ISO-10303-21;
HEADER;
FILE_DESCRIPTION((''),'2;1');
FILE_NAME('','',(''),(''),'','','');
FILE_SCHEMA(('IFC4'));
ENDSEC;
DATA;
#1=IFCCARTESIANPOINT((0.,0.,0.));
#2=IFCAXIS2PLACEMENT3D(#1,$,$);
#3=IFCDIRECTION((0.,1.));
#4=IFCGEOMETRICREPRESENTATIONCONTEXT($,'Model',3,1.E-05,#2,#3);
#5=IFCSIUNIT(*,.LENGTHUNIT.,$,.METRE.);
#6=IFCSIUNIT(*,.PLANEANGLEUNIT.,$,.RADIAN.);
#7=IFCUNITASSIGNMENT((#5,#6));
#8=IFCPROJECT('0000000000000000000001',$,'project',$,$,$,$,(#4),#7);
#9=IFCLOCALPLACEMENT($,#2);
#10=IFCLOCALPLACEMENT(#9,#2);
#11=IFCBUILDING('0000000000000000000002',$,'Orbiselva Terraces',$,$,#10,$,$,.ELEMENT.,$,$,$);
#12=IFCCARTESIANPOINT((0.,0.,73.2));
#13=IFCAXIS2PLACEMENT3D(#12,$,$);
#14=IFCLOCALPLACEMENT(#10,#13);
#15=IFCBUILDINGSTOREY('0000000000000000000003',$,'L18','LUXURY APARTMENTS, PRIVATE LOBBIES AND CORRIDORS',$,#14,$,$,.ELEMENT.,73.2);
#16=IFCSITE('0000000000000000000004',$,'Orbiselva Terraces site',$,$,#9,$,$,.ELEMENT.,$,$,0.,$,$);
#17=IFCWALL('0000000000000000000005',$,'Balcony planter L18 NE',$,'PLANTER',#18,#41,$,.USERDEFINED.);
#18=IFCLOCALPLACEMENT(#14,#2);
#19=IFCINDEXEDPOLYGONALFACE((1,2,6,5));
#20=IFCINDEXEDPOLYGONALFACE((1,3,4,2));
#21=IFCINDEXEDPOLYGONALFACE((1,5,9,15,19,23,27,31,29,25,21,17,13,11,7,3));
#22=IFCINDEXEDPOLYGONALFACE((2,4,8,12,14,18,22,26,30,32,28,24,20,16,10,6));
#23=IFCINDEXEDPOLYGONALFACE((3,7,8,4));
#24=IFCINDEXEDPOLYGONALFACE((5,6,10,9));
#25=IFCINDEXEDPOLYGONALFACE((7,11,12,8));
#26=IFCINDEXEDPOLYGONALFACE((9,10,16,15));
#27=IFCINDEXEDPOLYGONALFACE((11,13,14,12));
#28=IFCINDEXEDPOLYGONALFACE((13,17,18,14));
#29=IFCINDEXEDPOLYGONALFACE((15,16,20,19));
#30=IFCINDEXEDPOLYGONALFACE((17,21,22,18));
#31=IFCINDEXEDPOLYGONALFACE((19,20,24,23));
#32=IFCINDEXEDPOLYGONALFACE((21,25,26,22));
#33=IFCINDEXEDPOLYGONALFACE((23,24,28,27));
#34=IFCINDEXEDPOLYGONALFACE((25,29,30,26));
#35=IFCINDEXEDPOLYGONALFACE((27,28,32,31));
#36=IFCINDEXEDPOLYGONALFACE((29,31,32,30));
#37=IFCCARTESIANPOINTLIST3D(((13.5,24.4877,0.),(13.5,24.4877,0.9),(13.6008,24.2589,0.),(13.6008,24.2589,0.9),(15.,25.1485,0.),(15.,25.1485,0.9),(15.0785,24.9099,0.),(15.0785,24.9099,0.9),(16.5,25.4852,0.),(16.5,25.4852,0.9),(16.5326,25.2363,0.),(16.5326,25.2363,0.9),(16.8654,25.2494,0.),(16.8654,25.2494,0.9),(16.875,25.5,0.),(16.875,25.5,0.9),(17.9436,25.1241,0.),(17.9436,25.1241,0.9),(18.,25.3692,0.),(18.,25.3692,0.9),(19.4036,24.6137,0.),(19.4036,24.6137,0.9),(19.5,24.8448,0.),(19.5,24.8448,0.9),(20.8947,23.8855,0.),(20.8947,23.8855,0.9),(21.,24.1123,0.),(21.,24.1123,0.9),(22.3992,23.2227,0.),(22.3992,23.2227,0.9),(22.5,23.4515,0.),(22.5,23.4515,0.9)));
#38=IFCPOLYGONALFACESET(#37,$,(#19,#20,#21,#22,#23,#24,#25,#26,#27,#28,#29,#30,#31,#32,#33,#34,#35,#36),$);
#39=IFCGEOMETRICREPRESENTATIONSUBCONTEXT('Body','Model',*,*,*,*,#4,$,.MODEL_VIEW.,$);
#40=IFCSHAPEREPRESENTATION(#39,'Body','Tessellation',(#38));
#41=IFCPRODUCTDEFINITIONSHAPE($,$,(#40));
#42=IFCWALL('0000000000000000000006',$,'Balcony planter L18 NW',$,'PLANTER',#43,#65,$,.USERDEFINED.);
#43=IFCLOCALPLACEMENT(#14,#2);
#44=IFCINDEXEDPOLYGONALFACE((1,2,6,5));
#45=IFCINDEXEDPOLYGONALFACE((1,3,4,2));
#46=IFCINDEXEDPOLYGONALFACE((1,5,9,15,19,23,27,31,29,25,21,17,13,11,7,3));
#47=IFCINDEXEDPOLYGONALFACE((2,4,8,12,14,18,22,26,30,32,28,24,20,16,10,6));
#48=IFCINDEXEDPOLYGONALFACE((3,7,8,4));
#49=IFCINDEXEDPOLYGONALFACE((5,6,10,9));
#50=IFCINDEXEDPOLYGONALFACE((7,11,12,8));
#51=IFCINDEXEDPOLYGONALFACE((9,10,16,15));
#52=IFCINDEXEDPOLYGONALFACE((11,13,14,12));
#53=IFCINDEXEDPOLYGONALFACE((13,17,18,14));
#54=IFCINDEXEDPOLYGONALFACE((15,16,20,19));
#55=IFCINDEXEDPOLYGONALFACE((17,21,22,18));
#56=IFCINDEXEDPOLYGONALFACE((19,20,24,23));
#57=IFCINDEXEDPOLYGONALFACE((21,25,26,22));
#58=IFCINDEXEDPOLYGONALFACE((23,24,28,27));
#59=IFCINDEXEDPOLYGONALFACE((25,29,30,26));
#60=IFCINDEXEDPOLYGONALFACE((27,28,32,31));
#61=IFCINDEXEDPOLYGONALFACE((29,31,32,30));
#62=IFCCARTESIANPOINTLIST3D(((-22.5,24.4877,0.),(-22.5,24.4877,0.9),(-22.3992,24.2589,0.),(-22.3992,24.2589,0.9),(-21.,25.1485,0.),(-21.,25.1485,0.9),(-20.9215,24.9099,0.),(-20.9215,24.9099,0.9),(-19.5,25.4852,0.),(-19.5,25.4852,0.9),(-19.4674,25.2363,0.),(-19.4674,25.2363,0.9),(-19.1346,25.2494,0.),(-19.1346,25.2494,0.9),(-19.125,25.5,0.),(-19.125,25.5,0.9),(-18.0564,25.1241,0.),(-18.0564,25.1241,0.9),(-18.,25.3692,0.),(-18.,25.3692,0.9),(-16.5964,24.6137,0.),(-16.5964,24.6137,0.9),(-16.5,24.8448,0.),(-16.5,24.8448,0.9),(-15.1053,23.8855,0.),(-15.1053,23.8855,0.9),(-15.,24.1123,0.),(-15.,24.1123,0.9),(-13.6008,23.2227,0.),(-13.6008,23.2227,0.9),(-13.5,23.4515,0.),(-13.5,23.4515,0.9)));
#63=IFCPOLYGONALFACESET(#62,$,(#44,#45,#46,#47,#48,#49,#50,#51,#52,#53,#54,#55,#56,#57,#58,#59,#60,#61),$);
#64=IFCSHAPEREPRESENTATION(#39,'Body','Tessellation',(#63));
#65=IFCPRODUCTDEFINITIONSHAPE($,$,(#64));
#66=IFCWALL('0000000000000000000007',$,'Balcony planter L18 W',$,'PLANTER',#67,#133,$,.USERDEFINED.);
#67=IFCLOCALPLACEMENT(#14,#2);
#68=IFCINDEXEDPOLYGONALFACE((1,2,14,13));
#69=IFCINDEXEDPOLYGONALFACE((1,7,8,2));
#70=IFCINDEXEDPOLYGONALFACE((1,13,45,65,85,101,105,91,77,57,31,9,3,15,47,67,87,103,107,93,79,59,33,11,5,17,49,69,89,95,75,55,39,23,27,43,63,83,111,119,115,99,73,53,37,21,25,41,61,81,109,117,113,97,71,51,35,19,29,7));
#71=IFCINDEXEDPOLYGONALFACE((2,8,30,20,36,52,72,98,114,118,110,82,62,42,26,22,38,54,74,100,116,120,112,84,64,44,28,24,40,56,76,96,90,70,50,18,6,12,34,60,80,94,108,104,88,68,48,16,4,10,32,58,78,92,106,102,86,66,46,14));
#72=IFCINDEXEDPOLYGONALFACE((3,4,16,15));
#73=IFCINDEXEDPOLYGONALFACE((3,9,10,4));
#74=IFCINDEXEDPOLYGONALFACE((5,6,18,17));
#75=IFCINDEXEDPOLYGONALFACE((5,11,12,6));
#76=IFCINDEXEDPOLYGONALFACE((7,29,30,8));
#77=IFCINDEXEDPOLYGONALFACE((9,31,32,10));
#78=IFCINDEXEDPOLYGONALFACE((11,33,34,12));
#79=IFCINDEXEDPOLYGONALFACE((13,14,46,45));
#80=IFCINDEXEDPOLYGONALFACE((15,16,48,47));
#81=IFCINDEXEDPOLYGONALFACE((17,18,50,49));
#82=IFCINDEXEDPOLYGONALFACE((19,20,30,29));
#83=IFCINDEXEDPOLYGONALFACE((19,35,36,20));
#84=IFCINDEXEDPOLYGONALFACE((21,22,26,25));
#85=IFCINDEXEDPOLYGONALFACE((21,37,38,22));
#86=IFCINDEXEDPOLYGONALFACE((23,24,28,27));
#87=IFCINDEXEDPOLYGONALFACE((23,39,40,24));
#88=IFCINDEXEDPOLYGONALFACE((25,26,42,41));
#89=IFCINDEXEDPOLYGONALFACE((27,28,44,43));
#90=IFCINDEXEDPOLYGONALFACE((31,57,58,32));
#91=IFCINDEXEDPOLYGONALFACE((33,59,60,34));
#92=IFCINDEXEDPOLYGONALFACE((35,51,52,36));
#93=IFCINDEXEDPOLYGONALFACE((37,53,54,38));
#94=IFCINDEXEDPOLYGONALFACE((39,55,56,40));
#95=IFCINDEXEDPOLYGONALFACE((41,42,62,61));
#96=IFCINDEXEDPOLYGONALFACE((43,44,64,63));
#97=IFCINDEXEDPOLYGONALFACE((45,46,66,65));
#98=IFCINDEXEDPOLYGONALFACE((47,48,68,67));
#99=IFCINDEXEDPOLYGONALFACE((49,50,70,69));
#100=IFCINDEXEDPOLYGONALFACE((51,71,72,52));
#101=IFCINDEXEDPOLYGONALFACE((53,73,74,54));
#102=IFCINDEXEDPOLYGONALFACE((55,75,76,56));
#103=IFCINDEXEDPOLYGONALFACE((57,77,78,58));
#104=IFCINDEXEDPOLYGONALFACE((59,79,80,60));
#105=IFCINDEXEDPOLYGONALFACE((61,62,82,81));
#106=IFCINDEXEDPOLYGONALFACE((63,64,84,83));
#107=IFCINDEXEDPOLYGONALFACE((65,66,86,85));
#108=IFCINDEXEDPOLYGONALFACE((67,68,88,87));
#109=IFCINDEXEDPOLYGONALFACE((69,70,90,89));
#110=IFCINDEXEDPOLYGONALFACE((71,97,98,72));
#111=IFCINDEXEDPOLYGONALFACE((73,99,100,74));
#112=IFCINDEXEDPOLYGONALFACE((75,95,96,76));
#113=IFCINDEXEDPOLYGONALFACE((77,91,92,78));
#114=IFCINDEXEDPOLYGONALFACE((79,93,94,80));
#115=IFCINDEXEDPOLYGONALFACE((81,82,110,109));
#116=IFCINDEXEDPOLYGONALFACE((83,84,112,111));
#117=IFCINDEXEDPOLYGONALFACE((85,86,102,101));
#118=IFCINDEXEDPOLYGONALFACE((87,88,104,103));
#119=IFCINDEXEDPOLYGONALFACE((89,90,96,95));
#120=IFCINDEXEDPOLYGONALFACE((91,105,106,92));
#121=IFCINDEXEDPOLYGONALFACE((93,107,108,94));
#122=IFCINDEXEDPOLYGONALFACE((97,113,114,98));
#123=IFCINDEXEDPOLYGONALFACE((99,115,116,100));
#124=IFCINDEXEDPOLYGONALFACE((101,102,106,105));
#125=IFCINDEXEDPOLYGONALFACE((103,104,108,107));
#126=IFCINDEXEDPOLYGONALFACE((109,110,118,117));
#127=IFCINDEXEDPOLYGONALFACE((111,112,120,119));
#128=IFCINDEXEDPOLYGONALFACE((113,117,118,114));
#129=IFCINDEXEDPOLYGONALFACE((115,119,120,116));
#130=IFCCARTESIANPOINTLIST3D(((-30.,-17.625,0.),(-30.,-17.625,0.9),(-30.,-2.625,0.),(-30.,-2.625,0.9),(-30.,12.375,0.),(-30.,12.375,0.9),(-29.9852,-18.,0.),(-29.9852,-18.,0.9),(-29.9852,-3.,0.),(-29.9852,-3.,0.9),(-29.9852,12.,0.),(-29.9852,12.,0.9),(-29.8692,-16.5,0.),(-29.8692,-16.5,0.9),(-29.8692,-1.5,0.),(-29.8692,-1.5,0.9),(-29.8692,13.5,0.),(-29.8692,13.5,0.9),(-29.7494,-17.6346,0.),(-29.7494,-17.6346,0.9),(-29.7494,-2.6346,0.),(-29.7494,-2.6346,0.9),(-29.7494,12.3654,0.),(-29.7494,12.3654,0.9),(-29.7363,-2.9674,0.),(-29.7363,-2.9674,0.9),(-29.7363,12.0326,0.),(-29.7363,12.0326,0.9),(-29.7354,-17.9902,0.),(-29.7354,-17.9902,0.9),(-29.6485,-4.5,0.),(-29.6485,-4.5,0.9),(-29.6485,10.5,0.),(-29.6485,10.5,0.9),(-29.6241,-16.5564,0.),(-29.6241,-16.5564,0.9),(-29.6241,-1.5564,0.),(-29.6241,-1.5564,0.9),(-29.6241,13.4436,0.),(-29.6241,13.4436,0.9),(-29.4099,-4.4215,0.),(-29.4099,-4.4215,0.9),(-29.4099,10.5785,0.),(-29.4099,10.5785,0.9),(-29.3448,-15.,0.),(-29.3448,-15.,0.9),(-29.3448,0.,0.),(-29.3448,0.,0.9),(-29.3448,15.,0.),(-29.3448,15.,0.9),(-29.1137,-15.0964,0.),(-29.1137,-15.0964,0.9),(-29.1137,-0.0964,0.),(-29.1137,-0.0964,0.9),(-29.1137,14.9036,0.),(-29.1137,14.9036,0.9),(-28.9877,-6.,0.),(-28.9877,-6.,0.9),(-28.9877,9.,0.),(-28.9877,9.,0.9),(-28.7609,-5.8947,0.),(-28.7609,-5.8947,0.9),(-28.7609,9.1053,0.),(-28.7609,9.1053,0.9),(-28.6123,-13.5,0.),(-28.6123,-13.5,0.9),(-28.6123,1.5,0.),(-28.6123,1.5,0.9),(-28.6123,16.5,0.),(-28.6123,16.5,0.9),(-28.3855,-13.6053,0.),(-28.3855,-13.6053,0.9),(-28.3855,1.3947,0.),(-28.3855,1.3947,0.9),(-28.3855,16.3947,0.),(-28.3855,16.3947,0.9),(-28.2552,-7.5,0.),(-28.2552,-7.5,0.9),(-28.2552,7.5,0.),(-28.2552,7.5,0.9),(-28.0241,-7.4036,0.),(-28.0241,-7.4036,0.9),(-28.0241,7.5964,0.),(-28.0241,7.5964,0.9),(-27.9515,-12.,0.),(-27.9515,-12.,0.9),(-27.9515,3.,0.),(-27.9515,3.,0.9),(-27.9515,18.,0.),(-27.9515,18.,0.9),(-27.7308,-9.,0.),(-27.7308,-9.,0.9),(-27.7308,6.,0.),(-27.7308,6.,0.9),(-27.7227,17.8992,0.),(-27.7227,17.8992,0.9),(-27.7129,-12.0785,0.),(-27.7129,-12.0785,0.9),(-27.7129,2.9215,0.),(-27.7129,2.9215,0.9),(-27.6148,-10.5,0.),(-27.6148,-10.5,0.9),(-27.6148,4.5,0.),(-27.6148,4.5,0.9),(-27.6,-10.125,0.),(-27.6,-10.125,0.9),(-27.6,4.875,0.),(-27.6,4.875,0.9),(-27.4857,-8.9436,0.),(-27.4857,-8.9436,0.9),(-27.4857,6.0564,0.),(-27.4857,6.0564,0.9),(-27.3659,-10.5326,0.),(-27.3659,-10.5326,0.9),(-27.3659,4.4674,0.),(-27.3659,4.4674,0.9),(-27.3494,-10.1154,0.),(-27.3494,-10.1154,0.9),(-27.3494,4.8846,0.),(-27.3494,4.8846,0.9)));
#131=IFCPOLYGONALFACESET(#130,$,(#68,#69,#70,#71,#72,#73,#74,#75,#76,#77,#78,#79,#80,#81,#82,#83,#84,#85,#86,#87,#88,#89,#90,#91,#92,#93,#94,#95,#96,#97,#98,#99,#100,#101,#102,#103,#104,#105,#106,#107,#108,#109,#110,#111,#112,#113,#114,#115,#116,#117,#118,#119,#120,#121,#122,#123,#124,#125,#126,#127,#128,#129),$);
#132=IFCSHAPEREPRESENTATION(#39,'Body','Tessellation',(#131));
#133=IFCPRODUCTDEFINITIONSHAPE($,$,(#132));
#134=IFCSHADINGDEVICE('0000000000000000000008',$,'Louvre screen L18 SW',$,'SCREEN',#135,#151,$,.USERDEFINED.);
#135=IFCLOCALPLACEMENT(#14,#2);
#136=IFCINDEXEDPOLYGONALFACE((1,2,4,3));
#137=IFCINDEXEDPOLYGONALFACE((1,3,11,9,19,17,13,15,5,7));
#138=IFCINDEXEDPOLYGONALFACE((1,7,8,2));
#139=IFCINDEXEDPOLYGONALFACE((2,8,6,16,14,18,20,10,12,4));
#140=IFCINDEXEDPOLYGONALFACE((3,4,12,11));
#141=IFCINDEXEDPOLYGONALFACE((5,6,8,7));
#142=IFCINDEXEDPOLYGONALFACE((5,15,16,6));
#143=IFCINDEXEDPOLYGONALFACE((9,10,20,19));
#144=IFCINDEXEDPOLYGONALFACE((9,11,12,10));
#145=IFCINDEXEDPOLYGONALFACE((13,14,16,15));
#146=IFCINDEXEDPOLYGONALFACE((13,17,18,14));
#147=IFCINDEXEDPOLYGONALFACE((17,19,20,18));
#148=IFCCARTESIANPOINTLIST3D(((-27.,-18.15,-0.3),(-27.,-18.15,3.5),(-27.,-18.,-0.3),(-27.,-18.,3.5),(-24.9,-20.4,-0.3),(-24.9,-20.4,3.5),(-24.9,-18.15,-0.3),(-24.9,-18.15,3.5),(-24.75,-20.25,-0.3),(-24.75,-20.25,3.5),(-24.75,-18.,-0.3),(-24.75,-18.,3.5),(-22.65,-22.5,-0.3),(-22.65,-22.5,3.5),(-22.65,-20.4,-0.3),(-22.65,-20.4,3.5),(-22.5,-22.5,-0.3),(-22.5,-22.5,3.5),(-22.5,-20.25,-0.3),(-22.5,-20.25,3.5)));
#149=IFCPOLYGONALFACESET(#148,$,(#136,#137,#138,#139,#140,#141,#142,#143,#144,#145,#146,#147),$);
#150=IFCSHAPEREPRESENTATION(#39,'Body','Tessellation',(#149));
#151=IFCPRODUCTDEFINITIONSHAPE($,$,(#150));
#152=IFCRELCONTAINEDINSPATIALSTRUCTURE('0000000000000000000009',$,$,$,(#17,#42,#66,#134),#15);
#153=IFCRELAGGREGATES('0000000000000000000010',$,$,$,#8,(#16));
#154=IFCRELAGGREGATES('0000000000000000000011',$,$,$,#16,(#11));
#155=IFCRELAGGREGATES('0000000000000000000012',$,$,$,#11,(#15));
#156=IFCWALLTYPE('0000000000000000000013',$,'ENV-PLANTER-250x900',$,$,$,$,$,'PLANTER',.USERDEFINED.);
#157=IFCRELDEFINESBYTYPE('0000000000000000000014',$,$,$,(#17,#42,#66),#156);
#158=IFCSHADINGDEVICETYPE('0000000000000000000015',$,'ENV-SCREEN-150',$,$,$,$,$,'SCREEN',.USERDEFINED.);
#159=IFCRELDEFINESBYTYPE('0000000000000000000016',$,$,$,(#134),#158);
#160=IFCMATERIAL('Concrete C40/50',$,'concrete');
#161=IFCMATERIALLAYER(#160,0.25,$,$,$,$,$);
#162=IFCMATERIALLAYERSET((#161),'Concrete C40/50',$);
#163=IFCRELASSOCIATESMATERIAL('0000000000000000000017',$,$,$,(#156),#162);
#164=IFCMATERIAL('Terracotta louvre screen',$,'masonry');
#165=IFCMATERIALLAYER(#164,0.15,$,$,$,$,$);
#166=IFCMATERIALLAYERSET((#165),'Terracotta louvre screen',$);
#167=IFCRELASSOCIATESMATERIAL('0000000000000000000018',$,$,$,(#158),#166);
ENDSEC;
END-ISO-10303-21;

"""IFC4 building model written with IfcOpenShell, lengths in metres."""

from ifc_helpers import new_model, si_unit, direction, frame, origin, place, context, subcontext, project, spatial, polyline, outline, extrude, material, layer, layer_set, type_object, element, save


model = new_model("IFC4")

# Units and contexts
model_context = context("Model", 3, precision=1e-05, world=origin(), true_north=direction((0.0, 1.0)))
body_context = subcontext(model_context, "Body", "Model", "MODEL_VIEW")
ifc_project = project(units=[si_unit("LENGTHUNIT", "METRE"), si_unit("PLANEANGLEUNIT", "RADIAN")], contexts=[model_context])

# Site, building, storey
site_placement = place(None, origin())
site = spatial("IfcSite", under=ifc_project, at=site_placement, Name="Orbiselva Terraces site", CompositionType="ELEMENT", RefElevation=0.0)
building_placement = place(site_placement, origin())
building = spatial("IfcBuilding", under=site, at=building_placement, Name="Orbiselva Terraces", CompositionType="ELEMENT")
storey_placement = place(building_placement, frame((0.0, 0.0, 73.2)))
storey = spatial("IfcBuildingStorey", under=building, at=storey_placement, Name="L18", Description="LUXURY APARTMENTS, PRIVATE LOBBIES AND CORRIDORS", CompositionType="ELEMENT", Elevation=73.2)

# Shared definitions
ifc_material_1 = material(Name="Concrete C40/50", Category="concrete")

# Walls
ifc_layer_1 = layer(ifc_material_1, 0.25)
ifc_layer_set_1 = layer_set([ifc_layer_1], Name="Concrete C40/50")
wall_type = type_object("IfcWallType", Name="ENV-PLANTER-250x900", ElementType="PLANTER", PredefinedType="USERDEFINED", material=ifc_layer_set_1)
wall_1_placement = place(storey_placement, origin())
element("IfcWall", 1, at=wall_1_placement, inside=storey, type_object=wall_type, Name="Balcony planter L18 NE", ObjectType="PLANTER", PredefinedType="USERDEFINED", context=body_context, shape_type="SweptSolid", body=[
    extrude(outline(polyline([(22.5, 23.4515), (21.0, 24.1123), (19.5, 24.8448), (18.0, 25.3692), (16.875, 25.5), (16.5, 25.4852), (15.0, 25.1485), (13.5, 24.4877), (13.6008, 24.2589), (15.0785, 24.9099), (16.5326, 25.2363), (16.8654, 25.2494), (17.9436, 25.1241), (19.4036, 24.6137), (20.8947, 23.8855), (22.3992, 23.2227), (22.5, 23.4515)])), origin(), (0.0, 0.0, 1.0), 0.9),
])
wall_2_placement = place(storey_placement, origin())
element("IfcWall", 2, at=wall_2_placement, inside=storey, type_object=wall_type, Name="Balcony planter L18 NW", ObjectType="PLANTER", PredefinedType="USERDEFINED", context=body_context, shape_type="SweptSolid", body=[
    extrude(outline(polyline([(-13.5, 23.4515), (-15.0, 24.1123), (-16.5, 24.8448), (-18.0, 25.3692), (-19.125, 25.5), (-19.5, 25.4852), (-21.0, 25.1485), (-22.5, 24.4877), (-22.3992, 24.2589), (-20.9215, 24.9099), (-19.4674, 25.2363), (-19.1346, 25.2494), (-18.0564, 25.1241), (-16.5964, 24.6137), (-15.1053, 23.8855), (-13.6008, 23.2227), (-13.5, 23.4515)])), origin(), (0.0, 0.0, 1.0), 0.9),
])
wall_3_placement = place(storey_placement, origin())
element("IfcWall", 3, at=wall_3_placement, inside=storey, type_object=wall_type, Name="Balcony planter L18 W", ObjectType="PLANTER", PredefinedType="USERDEFINED", context=body_context, shape_type="SweptSolid", body=[
    extrude(outline(polyline([(-27.9515, 18.0), (-28.6123, 16.5), (-29.3448, 15.0), (-29.8692, 13.5), (-30.0, 12.375), (-29.9852, 12.0), (-29.6485, 10.5), (-28.9877, 9.0), (-28.2552, 7.5), (-27.7308, 6.0), (-27.6, 4.875), (-27.6148, 4.5), (-27.9515, 3.0), (-28.6123, 1.5), (-29.3448, 0.0), (-29.8692, -1.5), (-30.0, -2.625), (-29.9852, -3.0), (-29.6485, -4.5), (-28.9877, -6.0), (-28.2552, -7.5), (-27.7308, -9.0), (-27.6, -10.125), (-27.6148, -10.5), (-27.9515, -12.0), (-28.6123, -13.5), (-29.3448, -15.0), (-29.8692, -16.5), (-30.0, -17.625), (-29.9852, -18.0), (-29.7354, -17.9902), (-29.7494, -17.6346), (-29.6241, -16.5564), (-29.1137, -15.0964), (-28.3855, -13.6053), (-27.7129, -12.0785), (-27.3659, -10.5326), (-27.3494, -10.1154), (-27.4857, -8.9436), (-28.0241, -7.4036), (-28.7609, -5.8947), (-29.4099, -4.4215), (-29.7363, -2.9674), (-29.7494, -2.6346), (-29.6241, -1.5564), (-29.1137, -0.0964), (-28.3855, 1.3947), (-27.7129, 2.9215), (-27.3659, 4.4674), (-27.3494, 4.8846), (-27.4857, 6.0564), (-28.0241, 7.5964), (-28.7609, 9.1053), (-29.4099, 10.5785), (-29.7363, 12.0326), (-29.7494, 12.3654), (-29.6241, 13.4436), (-29.1137, 14.9036), (-28.3855, 16.3947), (-27.7227, 17.8992), (-27.9515, 18.0)])), origin(), (0.0, 0.0, 1.0), 0.9),
])

# Shading device
ifc_material_2 = material(Name="Terracotta louvre screen", Category="masonry")
ifc_layer_2 = layer(ifc_material_2, 0.15)
ifc_layer_set_2 = layer_set([ifc_layer_2], Name="Terracotta louvre screen")
shading_device_type = type_object("IfcShadingDeviceType", Name="ENV-SCREEN-150", ElementType="SCREEN", PredefinedType="USERDEFINED", material=ifc_layer_set_2)
shading_device_placement = place(storey_placement, frame((0.0, 0.0, -0.3)))
element("IfcShadingDevice", 4, at=shading_device_placement, inside=storey, type_object=shading_device_type, Name="Louvre screen L18 SW", ObjectType="SCREEN", PredefinedType="USERDEFINED", context=body_context, shape_type="SweptSolid", body=[
    extrude(outline(polyline([(-27.0, -18.15), (-24.9, -18.15), (-24.9, -20.4), (-22.65, -20.4), (-22.65, -22.5), (-22.5, -22.5), (-22.5, -20.25), (-24.75, -20.25), (-24.75, -18.0), (-27.0, -18.0), (-27.0, -18.15)])), origin(), (0.0, 0.0, 1.0), 3.8),
])

save(model, "model.ifc")
